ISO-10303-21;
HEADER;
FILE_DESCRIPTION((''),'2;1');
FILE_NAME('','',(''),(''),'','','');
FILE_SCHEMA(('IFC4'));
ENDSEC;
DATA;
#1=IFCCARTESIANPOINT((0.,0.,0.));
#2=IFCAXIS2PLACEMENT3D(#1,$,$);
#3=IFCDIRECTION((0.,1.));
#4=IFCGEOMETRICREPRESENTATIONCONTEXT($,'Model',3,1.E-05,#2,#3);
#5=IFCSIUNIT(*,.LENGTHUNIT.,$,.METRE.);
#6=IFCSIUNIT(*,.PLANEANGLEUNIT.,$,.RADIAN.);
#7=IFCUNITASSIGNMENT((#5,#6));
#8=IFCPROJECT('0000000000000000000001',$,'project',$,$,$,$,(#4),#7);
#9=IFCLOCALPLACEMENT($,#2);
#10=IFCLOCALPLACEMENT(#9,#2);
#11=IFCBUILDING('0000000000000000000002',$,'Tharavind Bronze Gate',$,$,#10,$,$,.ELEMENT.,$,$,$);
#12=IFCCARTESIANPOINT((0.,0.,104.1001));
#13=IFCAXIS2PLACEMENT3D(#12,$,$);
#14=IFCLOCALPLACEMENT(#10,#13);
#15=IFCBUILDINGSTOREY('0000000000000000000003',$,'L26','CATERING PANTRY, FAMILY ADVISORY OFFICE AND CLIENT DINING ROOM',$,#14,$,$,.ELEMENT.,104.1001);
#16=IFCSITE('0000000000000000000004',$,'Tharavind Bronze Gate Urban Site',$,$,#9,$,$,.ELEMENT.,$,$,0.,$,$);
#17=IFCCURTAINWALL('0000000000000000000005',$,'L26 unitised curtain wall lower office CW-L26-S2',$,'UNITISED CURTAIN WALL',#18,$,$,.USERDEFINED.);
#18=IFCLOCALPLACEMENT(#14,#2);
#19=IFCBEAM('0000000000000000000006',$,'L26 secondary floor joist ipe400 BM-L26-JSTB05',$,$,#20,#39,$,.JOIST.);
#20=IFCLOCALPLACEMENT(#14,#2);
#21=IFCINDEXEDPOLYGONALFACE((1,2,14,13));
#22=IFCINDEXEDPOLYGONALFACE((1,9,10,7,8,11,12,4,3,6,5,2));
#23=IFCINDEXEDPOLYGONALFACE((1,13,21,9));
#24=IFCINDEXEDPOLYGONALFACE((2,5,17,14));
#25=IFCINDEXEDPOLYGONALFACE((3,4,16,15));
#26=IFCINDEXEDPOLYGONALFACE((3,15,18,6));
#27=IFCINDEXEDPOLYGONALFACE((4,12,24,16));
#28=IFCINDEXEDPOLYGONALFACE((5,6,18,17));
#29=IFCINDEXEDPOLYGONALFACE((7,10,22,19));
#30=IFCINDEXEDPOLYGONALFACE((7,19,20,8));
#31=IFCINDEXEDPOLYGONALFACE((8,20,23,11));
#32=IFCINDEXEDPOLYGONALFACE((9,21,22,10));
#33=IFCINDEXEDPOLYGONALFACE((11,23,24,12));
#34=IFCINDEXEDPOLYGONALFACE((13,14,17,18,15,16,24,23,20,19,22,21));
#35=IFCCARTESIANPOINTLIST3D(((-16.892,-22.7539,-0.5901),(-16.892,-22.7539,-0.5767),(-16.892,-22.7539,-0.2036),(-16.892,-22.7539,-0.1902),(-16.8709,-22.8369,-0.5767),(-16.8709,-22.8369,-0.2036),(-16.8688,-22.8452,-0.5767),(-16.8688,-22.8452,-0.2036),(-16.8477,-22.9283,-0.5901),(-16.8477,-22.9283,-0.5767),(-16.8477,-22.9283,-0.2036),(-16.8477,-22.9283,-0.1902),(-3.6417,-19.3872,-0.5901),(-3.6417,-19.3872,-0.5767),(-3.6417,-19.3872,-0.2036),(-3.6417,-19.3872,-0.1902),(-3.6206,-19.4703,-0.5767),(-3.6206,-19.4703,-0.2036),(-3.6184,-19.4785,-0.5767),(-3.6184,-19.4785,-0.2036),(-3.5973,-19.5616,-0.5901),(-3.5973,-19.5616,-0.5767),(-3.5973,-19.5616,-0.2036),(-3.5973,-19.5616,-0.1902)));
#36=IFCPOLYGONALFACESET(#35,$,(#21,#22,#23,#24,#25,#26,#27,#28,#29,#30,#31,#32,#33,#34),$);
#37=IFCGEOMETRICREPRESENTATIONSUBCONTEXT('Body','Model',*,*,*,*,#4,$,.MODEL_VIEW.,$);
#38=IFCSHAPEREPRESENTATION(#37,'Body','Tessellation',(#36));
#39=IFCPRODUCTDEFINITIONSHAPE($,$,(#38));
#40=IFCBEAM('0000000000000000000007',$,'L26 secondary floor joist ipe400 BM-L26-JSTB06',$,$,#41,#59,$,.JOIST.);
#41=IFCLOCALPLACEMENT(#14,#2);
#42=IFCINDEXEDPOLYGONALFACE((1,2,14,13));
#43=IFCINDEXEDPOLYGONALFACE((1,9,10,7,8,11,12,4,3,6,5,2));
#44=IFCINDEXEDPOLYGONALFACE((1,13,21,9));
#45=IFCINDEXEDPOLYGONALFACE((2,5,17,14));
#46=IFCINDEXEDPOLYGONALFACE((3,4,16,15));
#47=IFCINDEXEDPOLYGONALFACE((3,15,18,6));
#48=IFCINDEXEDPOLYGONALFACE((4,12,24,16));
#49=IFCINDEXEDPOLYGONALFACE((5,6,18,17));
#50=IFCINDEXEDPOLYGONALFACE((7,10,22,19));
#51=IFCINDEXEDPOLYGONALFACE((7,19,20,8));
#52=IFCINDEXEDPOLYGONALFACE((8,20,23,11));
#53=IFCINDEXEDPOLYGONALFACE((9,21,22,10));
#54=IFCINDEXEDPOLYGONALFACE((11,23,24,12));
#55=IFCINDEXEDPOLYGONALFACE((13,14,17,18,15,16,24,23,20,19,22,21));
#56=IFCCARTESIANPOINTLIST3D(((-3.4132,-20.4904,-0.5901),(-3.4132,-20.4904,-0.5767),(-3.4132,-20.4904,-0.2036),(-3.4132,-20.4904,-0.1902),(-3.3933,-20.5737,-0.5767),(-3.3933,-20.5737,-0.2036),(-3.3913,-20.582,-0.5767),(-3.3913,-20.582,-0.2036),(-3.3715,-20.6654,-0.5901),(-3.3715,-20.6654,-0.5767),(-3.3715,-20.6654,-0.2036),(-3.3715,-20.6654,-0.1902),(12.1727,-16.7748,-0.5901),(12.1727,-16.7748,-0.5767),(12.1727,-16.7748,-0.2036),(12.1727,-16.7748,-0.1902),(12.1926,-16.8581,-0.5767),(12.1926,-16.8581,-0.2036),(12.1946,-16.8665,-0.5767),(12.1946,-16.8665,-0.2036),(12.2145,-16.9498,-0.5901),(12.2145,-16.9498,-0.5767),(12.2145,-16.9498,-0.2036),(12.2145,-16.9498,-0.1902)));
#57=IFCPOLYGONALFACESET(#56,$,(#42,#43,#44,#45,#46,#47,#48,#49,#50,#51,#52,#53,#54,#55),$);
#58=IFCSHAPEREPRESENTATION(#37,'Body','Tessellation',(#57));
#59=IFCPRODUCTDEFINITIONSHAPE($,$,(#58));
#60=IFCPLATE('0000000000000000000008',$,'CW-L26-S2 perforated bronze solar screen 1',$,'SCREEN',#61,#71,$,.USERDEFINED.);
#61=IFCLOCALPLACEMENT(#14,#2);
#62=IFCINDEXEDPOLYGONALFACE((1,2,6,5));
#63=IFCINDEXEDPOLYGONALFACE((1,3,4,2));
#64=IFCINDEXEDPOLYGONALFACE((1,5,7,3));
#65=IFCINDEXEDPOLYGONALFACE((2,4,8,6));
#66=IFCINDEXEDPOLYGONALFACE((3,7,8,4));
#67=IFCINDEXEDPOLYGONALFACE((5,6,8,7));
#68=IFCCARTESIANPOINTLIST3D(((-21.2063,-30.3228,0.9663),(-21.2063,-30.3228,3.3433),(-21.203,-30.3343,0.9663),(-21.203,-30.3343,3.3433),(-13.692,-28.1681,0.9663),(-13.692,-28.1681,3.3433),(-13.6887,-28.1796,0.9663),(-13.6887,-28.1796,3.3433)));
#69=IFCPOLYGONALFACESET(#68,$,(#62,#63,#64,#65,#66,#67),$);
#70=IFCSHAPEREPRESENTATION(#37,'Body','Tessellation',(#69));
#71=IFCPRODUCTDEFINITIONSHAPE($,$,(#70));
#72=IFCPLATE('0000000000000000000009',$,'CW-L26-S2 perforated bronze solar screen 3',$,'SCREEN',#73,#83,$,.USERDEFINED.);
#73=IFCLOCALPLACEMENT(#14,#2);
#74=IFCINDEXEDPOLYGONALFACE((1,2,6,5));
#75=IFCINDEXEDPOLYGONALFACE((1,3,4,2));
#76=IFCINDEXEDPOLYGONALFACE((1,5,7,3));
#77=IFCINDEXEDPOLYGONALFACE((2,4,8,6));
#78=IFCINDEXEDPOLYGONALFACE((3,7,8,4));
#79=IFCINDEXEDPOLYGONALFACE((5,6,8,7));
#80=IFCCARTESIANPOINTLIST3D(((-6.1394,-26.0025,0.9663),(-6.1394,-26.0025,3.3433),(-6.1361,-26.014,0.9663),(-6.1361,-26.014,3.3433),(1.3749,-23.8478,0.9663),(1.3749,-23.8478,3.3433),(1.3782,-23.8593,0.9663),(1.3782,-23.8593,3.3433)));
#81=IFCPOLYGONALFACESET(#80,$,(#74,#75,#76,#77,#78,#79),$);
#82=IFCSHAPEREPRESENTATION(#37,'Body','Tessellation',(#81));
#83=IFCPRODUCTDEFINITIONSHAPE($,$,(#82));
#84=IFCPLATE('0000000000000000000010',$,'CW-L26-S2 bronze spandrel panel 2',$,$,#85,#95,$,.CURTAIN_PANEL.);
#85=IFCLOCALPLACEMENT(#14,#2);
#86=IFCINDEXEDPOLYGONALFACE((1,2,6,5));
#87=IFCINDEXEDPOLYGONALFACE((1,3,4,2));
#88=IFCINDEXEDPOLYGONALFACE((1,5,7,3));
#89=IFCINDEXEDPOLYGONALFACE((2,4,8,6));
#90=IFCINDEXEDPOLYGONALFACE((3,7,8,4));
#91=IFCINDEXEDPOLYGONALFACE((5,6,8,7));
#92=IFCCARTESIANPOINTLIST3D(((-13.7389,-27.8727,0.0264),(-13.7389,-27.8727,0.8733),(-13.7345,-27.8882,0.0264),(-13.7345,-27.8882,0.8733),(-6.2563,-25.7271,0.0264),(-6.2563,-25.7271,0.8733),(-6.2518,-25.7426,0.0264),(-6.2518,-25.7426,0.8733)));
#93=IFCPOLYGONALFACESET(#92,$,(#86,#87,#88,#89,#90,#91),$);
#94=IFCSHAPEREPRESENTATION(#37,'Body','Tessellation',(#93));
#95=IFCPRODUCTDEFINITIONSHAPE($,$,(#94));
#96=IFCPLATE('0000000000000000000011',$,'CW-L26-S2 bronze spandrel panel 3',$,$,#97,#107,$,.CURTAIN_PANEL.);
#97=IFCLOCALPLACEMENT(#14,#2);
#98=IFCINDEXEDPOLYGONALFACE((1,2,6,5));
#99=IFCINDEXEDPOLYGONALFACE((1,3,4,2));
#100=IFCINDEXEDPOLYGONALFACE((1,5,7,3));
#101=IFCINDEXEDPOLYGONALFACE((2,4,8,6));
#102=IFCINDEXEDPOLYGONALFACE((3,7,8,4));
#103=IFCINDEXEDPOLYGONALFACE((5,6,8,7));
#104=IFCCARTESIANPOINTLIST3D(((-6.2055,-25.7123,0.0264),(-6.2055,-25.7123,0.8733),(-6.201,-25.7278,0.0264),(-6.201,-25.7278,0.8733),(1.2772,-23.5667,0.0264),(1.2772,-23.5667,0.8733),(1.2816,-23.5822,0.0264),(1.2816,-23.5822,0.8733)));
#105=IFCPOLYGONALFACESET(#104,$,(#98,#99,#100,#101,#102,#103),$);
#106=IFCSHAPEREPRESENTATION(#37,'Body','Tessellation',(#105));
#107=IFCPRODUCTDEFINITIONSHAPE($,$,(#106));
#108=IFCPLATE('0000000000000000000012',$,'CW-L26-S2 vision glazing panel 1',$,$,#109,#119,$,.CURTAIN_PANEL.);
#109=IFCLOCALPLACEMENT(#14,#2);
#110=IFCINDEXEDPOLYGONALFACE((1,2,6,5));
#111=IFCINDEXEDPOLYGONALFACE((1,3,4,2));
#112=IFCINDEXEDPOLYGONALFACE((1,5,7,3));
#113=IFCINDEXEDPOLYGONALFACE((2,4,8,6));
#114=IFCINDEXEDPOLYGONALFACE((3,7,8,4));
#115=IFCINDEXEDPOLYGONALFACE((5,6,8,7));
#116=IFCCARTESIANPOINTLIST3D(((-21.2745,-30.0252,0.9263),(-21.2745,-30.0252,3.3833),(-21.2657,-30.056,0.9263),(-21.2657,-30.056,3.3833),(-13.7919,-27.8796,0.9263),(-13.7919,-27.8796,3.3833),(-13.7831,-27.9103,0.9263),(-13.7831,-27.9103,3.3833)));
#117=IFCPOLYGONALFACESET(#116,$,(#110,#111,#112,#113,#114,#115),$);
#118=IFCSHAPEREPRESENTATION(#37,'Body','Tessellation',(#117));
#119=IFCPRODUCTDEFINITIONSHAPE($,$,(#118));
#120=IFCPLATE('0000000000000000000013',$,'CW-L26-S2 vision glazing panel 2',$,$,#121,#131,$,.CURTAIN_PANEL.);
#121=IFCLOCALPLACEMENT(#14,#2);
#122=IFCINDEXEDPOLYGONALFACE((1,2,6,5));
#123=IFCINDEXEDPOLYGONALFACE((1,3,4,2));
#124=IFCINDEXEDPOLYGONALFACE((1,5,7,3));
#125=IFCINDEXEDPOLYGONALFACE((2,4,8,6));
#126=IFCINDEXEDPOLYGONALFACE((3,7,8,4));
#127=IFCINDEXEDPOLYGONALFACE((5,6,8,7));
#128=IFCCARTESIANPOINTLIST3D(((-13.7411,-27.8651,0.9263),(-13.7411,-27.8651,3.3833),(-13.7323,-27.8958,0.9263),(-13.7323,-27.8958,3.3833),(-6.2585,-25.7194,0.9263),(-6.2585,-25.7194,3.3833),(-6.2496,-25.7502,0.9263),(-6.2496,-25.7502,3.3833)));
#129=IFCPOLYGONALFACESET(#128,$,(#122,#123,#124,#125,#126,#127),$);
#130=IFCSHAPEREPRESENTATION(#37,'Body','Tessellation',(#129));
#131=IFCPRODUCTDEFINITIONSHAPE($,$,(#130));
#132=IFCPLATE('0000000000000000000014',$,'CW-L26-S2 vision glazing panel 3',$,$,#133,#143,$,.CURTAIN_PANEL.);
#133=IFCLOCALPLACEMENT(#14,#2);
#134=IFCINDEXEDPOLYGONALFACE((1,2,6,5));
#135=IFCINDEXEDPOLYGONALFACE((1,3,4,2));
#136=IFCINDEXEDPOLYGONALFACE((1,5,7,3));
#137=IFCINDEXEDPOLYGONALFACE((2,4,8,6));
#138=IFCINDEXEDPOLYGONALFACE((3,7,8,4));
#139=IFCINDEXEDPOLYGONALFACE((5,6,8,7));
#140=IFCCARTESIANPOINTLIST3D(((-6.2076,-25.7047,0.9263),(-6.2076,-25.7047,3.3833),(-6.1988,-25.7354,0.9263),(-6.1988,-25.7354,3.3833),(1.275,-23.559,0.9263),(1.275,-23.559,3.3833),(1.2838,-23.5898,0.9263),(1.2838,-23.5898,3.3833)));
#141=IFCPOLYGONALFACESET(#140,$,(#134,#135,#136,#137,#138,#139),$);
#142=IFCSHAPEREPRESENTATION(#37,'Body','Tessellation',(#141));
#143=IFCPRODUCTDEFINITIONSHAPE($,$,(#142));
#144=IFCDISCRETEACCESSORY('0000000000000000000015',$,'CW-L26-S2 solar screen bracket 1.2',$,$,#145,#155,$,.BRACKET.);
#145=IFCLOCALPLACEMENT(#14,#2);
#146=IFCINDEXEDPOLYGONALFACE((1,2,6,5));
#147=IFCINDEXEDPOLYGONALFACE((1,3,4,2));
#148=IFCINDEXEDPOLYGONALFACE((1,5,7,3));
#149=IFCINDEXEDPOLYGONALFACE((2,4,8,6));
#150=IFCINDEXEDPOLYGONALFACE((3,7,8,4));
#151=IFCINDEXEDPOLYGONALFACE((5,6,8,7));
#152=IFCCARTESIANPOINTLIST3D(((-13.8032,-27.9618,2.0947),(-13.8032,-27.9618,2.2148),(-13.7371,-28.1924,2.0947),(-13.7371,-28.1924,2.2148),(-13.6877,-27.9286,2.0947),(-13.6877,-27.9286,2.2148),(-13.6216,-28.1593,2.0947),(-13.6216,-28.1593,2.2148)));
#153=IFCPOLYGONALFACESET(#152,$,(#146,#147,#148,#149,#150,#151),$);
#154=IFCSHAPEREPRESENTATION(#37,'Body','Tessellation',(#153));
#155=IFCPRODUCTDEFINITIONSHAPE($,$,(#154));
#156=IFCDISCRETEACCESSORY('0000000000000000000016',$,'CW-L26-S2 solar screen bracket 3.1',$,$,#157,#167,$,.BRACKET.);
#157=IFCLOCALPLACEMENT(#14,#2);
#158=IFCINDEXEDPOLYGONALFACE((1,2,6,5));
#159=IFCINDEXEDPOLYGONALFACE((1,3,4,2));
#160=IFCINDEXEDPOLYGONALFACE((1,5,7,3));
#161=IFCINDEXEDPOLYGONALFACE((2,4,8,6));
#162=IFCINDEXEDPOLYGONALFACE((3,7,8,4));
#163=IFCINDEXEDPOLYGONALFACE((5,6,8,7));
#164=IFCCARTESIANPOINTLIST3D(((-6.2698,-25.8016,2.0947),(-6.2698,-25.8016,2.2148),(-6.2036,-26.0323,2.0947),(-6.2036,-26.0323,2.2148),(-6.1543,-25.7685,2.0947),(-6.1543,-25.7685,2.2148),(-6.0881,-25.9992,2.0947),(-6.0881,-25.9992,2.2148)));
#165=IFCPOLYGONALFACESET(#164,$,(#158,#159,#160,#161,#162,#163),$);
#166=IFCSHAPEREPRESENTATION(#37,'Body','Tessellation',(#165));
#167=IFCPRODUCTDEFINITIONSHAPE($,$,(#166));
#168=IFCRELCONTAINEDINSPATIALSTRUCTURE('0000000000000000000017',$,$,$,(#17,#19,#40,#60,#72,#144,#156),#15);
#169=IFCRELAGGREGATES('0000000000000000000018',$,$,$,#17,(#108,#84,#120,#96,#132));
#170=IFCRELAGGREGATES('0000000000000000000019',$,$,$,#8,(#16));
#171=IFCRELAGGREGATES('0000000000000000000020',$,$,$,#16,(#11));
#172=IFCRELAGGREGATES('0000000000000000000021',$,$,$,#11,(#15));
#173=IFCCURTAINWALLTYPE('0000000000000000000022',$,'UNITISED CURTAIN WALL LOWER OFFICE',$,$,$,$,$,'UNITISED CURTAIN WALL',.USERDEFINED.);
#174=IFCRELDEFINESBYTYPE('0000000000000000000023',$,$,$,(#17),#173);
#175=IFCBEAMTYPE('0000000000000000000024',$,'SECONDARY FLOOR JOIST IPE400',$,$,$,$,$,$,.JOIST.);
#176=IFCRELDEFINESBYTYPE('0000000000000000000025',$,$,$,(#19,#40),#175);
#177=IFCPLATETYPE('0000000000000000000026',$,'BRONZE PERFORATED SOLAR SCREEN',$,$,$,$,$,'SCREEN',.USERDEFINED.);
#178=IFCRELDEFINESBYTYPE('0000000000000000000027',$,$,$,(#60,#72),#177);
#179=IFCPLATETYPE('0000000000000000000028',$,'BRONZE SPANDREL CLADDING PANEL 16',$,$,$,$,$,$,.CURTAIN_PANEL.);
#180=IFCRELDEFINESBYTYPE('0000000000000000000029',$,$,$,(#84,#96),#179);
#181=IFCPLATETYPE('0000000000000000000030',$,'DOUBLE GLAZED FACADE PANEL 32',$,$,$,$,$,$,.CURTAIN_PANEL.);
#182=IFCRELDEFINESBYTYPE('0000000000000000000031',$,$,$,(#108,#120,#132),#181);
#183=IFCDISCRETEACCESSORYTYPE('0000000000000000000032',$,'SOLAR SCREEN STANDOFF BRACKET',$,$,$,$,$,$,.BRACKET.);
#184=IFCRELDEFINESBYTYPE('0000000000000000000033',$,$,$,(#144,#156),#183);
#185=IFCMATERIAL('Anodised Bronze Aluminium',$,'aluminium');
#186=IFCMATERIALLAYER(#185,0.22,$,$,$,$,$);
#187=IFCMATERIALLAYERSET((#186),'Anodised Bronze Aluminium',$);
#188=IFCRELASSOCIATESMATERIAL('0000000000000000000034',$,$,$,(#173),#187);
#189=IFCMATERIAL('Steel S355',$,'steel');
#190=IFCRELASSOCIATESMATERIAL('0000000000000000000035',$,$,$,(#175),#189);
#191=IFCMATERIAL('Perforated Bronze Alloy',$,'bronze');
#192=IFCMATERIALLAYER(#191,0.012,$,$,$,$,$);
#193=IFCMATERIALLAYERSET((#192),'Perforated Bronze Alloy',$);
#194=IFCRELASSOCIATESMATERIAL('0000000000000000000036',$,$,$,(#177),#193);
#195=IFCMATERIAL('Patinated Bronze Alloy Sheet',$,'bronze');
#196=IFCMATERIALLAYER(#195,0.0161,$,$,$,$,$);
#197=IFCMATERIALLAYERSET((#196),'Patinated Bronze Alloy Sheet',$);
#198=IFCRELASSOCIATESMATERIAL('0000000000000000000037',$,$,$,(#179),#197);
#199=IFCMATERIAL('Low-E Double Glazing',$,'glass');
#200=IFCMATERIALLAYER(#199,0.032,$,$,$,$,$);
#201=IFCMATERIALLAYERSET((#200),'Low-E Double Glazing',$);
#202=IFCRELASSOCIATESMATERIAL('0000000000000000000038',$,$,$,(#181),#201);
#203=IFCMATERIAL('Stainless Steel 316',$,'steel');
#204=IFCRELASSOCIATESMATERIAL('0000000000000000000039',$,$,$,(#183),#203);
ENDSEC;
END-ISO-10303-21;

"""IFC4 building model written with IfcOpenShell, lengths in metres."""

from ifc_helpers import new_model, si_unit, direction, frame, origin, origin_2d, place, context, subcontext, project, spatial, rectangle, i_section, extrude, material, layer, layer_set, material_profile, profile_set, type_object, element, aggregate, save


model = new_model("IFC4")

# Units and contexts
model_context = context("Model", 3, precision=1e-05, world=origin(), true_north=direction((0.0, 1.0)))
body_context = subcontext(model_context, "Body", "Model", "MODEL_VIEW")
ifc_project = project(units=[si_unit("LENGTHUNIT", "METRE"), si_unit("PLANEANGLEUNIT", "RADIAN")], contexts=[model_context])

# Site, building, storey
site_placement = place(None, origin())
site = spatial("IfcSite", under=ifc_project, at=site_placement, Name="Tharavind Bronze Gate Urban Site", CompositionType="ELEMENT", RefElevation=0.0)
building_placement = place(site_placement, origin())
building = spatial("IfcBuilding", under=site, at=building_placement, Name="Tharavind Bronze Gate", CompositionType="ELEMENT")
storey_placement = place(building_placement, frame((0.0, 0.0, 104.1001)))
storey = spatial("IfcBuildingStorey", under=building, at=storey_placement, Name="L26", Description="CATERING PANTRY, FAMILY ADVISORY OFFICE AND CLIENT DINING ROOM", CompositionType="ELEMENT", Elevation=104.1001)

# Curtain wall
ifc_material_1 = material(Name="Anodised Bronze Aluminium", Category="aluminium")
ifc_layer_1 = layer(ifc_material_1, 0.22)
ifc_layer_set_1 = layer_set([ifc_layer_1], Name="Anodised Bronze Aluminium")
curtain_wall_type = type_object("IfcCurtainWallType", Name="UNITISED CURTAIN WALL LOWER OFFICE", ElementType="UNITISED CURTAIN WALL", PredefinedType="USERDEFINED", material=ifc_layer_set_1)
curtain_wall_placement = place(storey_placement, origin())
curtain_wall = element("IfcCurtainWall", 1, at=curtain_wall_placement, inside=storey, type_object=curtain_wall_type, Name="L26 unitised curtain wall lower office CW-L26-S2", ObjectType="UNITISED CURTAIN WALL", PredefinedType="USERDEFINED")

# Beams
ifc_material_2 = material(Name="Steel S355", Category="steel")
ifc_material_profile_1 = material_profile(ifc_material_2, i_section(OverallWidth=0.1799, OverallDepth=0.3999, WebThickness=0.0085, FlangeThickness=0.0134, at=origin_2d()), Name="IPE400")
ifc_profile_set_1 = profile_set([ifc_material_profile_1], Name="Steel S355")
beam_type_1 = type_object("IfcBeamType", Name="SECONDARY FLOOR JOIST IPE400", PredefinedType="JOIST", material=ifc_profile_set_1)
beam_1_placement = place(storey_placement, frame((-16.8699, -22.8411, -0.3901), z_axis=(0.969205, 0.246257, 0.0), x_axis=(-0.246257, 0.969205, 0.0)))
element("IfcBeam", 2, at=beam_1_placement, inside=storey, type_object=beam_type_1, Name="L26 secondary floor joist ipe400 BM-L26-JSTB05", PredefinedType="JOIST", context=body_context, shape_type="SweptSolid", body=[
    extrude(i_section(OverallWidth=0.1799, OverallDepth=0.3999, WebThickness=0.0085, FlangeThickness=0.0134, at=origin_2d()), origin(), (0.0, 0.0, 1.0), 13.6714),
])
beam_2_placement = place(storey_placement, frame((-3.3923, -20.5779, -0.3901), z_axis=(0.972741, 0.231894, 0.0), x_axis=(-0.231894, 0.972741, 0.0)))
element("IfcBeam", 3, at=beam_2_placement, inside=storey, type_object=beam_type_1, Name="L26 secondary floor joist ipe400 BM-L26-JSTB06", PredefinedType="JOIST", context=body_context, shape_type="SweptSolid", body=[
    extrude(i_section(OverallWidth=0.1799, OverallDepth=0.3999, WebThickness=0.0085, FlangeThickness=0.0134, at=origin_2d()), origin(), (0.0, 0.0, 1.0), 16.0227),
])

# Plates
ifc_material_3 = material(Name="Perforated Bronze Alloy", Category="bronze")
ifc_layer_2 = layer(ifc_material_3, 0.012)
ifc_layer_set_2 = layer_set([ifc_layer_2], Name="Perforated Bronze Alloy")
plate_type_1 = type_object("IfcPlateType", Name="BRONZE PERFORATED SOLAR SCREEN", ElementType="SCREEN", PredefinedType="USERDEFINED", material=ifc_layer_set_2)
for number, where, z_axis, x_axis, name in (
    (4, (-17.4475, -29.2512, 0.9663), (0.0, 0.0, 1.0), (0.961262, 0.275637, 0.0), "CW-L26-S2 perforated bronze solar screen 1"),
    (5, (-2.3806, -24.9309, 0.9663), (0.0, 0.0, 1.0), (0.961262, 0.275637, 0.0), "CW-L26-S2 perforated bronze solar screen 3"),
):
    element("IfcPlate", number, at=place(storey_placement, frame(where, z_axis=z_axis, x_axis=x_axis)), inside=storey, type_object=plate_type_1, Name=name, ObjectType="SCREEN", PredefinedType="USERDEFINED", context=body_context, shape_type="SweptSolid", body=[
        extrude(rectangle(XDim=7.8171, YDim=0.012, at=origin_2d()), origin(), (0.0, 0.0, 1.0), 2.377),
    ])

# Plates
ifc_material_4 = material(Name="Patinated Bronze Alloy Sheet", Category="bronze")
ifc_layer_3 = layer(ifc_material_4, 0.0161)
ifc_layer_set_3 = layer_set([ifc_layer_3], Name="Patinated Bronze Alloy Sheet")
plate_type_2 = type_object("IfcPlateType", Name="BRONZE SPANDREL CLADDING PANEL 16", PredefinedType="CURTAIN_PANEL", material=ifc_layer_set_3)
plate_1_placement = place(storey_placement, frame((-9.9954, -26.8076, 0.0264), z_axis=(0.0, 0.0, 1.0), x_axis=(0.961262, 0.275637, 0.0)))
plate_1 = element("IfcPlate", 6, at=plate_1_placement, type_object=plate_type_2, Name="CW-L26-S2 bronze spandrel panel 2", PredefinedType="CURTAIN_PANEL", context=body_context, shape_type="SweptSolid", body=[
    extrude(rectangle(XDim=7.7842, YDim=0.0161, at=origin_2d()), origin(), (0.0, 0.0, 1.0), 0.8469),
])
plate_2_placement = place(storey_placement, frame((-2.4619, -24.6472, 0.0264), z_axis=(0.0, 0.0, 1.0), x_axis=(0.961262, 0.275637, 0.0)))
plate_2 = element("IfcPlate", 7, at=plate_2_placement, type_object=plate_type_2, Name="CW-L26-S2 bronze spandrel panel 3", PredefinedType="CURTAIN_PANEL", context=body_context, shape_type="SweptSolid", body=[
    extrude(rectangle(XDim=7.7842, YDim=0.0161, at=origin_2d()), origin(), (0.0, 0.0, 1.0), 0.8469),
])
ifc_material_5 = material(Name="Low-E Double Glazing", Category="glass")
ifc_layer_4 = layer(ifc_material_5, 0.032)
ifc_layer_set_4 = layer_set([ifc_layer_4], Name="Low-E Double Glazing")
plate_type_3 = type_object("IfcPlateType", Name="DOUBLE GLAZED FACADE PANEL 32", PredefinedType="CURTAIN_PANEL", material=ifc_layer_set_4)
plate_3_placement = place(storey_placement, frame((-17.5288, -28.9678, 0.9263), z_axis=(0.0, 0.0, 1.0), x_axis=(0.961262, 0.275637, 0.0)))
plate_3 = element("IfcPlate", 8, at=plate_3_placement, type_object=plate_type_3, Name="CW-L26-S2 vision glazing panel 1", PredefinedType="CURTAIN_PANEL", context=body_context, shape_type="SweptSolid", body=[
    extrude(rectangle(XDim=7.7842, YDim=0.032, at=origin_2d()), origin(), (0.0, 0.0, 1.0), 2.457),
])
plate_4_placement = place(storey_placement, frame((-9.9954, -26.8076, 0.9263), z_axis=(0.0, 0.0, 1.0), x_axis=(0.961262, 0.275637, 0.0)))
plate_4 = element("IfcPlate", 9, at=plate_4_placement, type_object=plate_type_3, Name="CW-L26-S2 vision glazing panel 2", PredefinedType="CURTAIN_PANEL", context=body_context, shape_type="SweptSolid", body=[
    extrude(rectangle(XDim=7.7842, YDim=0.032, at=origin_2d()), origin(), (0.0, 0.0, 1.0), 2.457),
])
plate_5_placement = place(storey_placement, frame((-2.4619, -24.6472, 0.9263), z_axis=(0.0, 0.0, 1.0), x_axis=(0.961262, 0.275637, 0.0)))
plate_5 = element("IfcPlate", 10, at=plate_5_placement, type_object=plate_type_3, Name="CW-L26-S2 vision glazing panel 3", PredefinedType="CURTAIN_PANEL", context=body_context, shape_type="SweptSolid", body=[
    extrude(rectangle(XDim=7.7842, YDim=0.032, at=origin_2d()), origin(), (0.0, 0.0, 1.0), 2.457),
])
aggregate(curtain_wall, [plate_3, plate_1, plate_4, plate_2, plate_5])

# Discrete accessories
ifc_material_6 = material(Name="Stainless Steel 316", Category="steel")
discrete_accessory_type = type_object("IfcDiscreteAccessoryType", Name="SOLAR SCREEN STANDOFF BRACKET", PredefinedType="BRACKET", material=ifc_material_6)
for number, where, z_axis, x_axis, name in (
    (11, (-13.7124, -28.0605, 2.0947), (0.0, 0.0, 1.0), (0.961262, 0.275637, 0.0), "CW-L26-S2 solar screen bracket 1.2"),
    (12, (-6.179, -25.9004, 2.0947), (0.0, 0.0, 1.0), (0.961262, 0.275637, 0.0), "CW-L26-S2 solar screen bracket 3.1"),
):
    element("IfcDiscreteAccessory", number, at=place(storey_placement, frame(where, z_axis=z_axis, x_axis=x_axis)), inside=storey, type_object=discrete_accessory_type, Name=name, PredefinedType="BRACKET", context=body_context, shape_type="SweptSolid", body=[
        extrude(rectangle(XDim=0.1201, YDim=0.24, at=origin_2d()), origin(), (0.0, 0.0, 1.0), 0.1201),
    ])

save(model, "model.ifc")
